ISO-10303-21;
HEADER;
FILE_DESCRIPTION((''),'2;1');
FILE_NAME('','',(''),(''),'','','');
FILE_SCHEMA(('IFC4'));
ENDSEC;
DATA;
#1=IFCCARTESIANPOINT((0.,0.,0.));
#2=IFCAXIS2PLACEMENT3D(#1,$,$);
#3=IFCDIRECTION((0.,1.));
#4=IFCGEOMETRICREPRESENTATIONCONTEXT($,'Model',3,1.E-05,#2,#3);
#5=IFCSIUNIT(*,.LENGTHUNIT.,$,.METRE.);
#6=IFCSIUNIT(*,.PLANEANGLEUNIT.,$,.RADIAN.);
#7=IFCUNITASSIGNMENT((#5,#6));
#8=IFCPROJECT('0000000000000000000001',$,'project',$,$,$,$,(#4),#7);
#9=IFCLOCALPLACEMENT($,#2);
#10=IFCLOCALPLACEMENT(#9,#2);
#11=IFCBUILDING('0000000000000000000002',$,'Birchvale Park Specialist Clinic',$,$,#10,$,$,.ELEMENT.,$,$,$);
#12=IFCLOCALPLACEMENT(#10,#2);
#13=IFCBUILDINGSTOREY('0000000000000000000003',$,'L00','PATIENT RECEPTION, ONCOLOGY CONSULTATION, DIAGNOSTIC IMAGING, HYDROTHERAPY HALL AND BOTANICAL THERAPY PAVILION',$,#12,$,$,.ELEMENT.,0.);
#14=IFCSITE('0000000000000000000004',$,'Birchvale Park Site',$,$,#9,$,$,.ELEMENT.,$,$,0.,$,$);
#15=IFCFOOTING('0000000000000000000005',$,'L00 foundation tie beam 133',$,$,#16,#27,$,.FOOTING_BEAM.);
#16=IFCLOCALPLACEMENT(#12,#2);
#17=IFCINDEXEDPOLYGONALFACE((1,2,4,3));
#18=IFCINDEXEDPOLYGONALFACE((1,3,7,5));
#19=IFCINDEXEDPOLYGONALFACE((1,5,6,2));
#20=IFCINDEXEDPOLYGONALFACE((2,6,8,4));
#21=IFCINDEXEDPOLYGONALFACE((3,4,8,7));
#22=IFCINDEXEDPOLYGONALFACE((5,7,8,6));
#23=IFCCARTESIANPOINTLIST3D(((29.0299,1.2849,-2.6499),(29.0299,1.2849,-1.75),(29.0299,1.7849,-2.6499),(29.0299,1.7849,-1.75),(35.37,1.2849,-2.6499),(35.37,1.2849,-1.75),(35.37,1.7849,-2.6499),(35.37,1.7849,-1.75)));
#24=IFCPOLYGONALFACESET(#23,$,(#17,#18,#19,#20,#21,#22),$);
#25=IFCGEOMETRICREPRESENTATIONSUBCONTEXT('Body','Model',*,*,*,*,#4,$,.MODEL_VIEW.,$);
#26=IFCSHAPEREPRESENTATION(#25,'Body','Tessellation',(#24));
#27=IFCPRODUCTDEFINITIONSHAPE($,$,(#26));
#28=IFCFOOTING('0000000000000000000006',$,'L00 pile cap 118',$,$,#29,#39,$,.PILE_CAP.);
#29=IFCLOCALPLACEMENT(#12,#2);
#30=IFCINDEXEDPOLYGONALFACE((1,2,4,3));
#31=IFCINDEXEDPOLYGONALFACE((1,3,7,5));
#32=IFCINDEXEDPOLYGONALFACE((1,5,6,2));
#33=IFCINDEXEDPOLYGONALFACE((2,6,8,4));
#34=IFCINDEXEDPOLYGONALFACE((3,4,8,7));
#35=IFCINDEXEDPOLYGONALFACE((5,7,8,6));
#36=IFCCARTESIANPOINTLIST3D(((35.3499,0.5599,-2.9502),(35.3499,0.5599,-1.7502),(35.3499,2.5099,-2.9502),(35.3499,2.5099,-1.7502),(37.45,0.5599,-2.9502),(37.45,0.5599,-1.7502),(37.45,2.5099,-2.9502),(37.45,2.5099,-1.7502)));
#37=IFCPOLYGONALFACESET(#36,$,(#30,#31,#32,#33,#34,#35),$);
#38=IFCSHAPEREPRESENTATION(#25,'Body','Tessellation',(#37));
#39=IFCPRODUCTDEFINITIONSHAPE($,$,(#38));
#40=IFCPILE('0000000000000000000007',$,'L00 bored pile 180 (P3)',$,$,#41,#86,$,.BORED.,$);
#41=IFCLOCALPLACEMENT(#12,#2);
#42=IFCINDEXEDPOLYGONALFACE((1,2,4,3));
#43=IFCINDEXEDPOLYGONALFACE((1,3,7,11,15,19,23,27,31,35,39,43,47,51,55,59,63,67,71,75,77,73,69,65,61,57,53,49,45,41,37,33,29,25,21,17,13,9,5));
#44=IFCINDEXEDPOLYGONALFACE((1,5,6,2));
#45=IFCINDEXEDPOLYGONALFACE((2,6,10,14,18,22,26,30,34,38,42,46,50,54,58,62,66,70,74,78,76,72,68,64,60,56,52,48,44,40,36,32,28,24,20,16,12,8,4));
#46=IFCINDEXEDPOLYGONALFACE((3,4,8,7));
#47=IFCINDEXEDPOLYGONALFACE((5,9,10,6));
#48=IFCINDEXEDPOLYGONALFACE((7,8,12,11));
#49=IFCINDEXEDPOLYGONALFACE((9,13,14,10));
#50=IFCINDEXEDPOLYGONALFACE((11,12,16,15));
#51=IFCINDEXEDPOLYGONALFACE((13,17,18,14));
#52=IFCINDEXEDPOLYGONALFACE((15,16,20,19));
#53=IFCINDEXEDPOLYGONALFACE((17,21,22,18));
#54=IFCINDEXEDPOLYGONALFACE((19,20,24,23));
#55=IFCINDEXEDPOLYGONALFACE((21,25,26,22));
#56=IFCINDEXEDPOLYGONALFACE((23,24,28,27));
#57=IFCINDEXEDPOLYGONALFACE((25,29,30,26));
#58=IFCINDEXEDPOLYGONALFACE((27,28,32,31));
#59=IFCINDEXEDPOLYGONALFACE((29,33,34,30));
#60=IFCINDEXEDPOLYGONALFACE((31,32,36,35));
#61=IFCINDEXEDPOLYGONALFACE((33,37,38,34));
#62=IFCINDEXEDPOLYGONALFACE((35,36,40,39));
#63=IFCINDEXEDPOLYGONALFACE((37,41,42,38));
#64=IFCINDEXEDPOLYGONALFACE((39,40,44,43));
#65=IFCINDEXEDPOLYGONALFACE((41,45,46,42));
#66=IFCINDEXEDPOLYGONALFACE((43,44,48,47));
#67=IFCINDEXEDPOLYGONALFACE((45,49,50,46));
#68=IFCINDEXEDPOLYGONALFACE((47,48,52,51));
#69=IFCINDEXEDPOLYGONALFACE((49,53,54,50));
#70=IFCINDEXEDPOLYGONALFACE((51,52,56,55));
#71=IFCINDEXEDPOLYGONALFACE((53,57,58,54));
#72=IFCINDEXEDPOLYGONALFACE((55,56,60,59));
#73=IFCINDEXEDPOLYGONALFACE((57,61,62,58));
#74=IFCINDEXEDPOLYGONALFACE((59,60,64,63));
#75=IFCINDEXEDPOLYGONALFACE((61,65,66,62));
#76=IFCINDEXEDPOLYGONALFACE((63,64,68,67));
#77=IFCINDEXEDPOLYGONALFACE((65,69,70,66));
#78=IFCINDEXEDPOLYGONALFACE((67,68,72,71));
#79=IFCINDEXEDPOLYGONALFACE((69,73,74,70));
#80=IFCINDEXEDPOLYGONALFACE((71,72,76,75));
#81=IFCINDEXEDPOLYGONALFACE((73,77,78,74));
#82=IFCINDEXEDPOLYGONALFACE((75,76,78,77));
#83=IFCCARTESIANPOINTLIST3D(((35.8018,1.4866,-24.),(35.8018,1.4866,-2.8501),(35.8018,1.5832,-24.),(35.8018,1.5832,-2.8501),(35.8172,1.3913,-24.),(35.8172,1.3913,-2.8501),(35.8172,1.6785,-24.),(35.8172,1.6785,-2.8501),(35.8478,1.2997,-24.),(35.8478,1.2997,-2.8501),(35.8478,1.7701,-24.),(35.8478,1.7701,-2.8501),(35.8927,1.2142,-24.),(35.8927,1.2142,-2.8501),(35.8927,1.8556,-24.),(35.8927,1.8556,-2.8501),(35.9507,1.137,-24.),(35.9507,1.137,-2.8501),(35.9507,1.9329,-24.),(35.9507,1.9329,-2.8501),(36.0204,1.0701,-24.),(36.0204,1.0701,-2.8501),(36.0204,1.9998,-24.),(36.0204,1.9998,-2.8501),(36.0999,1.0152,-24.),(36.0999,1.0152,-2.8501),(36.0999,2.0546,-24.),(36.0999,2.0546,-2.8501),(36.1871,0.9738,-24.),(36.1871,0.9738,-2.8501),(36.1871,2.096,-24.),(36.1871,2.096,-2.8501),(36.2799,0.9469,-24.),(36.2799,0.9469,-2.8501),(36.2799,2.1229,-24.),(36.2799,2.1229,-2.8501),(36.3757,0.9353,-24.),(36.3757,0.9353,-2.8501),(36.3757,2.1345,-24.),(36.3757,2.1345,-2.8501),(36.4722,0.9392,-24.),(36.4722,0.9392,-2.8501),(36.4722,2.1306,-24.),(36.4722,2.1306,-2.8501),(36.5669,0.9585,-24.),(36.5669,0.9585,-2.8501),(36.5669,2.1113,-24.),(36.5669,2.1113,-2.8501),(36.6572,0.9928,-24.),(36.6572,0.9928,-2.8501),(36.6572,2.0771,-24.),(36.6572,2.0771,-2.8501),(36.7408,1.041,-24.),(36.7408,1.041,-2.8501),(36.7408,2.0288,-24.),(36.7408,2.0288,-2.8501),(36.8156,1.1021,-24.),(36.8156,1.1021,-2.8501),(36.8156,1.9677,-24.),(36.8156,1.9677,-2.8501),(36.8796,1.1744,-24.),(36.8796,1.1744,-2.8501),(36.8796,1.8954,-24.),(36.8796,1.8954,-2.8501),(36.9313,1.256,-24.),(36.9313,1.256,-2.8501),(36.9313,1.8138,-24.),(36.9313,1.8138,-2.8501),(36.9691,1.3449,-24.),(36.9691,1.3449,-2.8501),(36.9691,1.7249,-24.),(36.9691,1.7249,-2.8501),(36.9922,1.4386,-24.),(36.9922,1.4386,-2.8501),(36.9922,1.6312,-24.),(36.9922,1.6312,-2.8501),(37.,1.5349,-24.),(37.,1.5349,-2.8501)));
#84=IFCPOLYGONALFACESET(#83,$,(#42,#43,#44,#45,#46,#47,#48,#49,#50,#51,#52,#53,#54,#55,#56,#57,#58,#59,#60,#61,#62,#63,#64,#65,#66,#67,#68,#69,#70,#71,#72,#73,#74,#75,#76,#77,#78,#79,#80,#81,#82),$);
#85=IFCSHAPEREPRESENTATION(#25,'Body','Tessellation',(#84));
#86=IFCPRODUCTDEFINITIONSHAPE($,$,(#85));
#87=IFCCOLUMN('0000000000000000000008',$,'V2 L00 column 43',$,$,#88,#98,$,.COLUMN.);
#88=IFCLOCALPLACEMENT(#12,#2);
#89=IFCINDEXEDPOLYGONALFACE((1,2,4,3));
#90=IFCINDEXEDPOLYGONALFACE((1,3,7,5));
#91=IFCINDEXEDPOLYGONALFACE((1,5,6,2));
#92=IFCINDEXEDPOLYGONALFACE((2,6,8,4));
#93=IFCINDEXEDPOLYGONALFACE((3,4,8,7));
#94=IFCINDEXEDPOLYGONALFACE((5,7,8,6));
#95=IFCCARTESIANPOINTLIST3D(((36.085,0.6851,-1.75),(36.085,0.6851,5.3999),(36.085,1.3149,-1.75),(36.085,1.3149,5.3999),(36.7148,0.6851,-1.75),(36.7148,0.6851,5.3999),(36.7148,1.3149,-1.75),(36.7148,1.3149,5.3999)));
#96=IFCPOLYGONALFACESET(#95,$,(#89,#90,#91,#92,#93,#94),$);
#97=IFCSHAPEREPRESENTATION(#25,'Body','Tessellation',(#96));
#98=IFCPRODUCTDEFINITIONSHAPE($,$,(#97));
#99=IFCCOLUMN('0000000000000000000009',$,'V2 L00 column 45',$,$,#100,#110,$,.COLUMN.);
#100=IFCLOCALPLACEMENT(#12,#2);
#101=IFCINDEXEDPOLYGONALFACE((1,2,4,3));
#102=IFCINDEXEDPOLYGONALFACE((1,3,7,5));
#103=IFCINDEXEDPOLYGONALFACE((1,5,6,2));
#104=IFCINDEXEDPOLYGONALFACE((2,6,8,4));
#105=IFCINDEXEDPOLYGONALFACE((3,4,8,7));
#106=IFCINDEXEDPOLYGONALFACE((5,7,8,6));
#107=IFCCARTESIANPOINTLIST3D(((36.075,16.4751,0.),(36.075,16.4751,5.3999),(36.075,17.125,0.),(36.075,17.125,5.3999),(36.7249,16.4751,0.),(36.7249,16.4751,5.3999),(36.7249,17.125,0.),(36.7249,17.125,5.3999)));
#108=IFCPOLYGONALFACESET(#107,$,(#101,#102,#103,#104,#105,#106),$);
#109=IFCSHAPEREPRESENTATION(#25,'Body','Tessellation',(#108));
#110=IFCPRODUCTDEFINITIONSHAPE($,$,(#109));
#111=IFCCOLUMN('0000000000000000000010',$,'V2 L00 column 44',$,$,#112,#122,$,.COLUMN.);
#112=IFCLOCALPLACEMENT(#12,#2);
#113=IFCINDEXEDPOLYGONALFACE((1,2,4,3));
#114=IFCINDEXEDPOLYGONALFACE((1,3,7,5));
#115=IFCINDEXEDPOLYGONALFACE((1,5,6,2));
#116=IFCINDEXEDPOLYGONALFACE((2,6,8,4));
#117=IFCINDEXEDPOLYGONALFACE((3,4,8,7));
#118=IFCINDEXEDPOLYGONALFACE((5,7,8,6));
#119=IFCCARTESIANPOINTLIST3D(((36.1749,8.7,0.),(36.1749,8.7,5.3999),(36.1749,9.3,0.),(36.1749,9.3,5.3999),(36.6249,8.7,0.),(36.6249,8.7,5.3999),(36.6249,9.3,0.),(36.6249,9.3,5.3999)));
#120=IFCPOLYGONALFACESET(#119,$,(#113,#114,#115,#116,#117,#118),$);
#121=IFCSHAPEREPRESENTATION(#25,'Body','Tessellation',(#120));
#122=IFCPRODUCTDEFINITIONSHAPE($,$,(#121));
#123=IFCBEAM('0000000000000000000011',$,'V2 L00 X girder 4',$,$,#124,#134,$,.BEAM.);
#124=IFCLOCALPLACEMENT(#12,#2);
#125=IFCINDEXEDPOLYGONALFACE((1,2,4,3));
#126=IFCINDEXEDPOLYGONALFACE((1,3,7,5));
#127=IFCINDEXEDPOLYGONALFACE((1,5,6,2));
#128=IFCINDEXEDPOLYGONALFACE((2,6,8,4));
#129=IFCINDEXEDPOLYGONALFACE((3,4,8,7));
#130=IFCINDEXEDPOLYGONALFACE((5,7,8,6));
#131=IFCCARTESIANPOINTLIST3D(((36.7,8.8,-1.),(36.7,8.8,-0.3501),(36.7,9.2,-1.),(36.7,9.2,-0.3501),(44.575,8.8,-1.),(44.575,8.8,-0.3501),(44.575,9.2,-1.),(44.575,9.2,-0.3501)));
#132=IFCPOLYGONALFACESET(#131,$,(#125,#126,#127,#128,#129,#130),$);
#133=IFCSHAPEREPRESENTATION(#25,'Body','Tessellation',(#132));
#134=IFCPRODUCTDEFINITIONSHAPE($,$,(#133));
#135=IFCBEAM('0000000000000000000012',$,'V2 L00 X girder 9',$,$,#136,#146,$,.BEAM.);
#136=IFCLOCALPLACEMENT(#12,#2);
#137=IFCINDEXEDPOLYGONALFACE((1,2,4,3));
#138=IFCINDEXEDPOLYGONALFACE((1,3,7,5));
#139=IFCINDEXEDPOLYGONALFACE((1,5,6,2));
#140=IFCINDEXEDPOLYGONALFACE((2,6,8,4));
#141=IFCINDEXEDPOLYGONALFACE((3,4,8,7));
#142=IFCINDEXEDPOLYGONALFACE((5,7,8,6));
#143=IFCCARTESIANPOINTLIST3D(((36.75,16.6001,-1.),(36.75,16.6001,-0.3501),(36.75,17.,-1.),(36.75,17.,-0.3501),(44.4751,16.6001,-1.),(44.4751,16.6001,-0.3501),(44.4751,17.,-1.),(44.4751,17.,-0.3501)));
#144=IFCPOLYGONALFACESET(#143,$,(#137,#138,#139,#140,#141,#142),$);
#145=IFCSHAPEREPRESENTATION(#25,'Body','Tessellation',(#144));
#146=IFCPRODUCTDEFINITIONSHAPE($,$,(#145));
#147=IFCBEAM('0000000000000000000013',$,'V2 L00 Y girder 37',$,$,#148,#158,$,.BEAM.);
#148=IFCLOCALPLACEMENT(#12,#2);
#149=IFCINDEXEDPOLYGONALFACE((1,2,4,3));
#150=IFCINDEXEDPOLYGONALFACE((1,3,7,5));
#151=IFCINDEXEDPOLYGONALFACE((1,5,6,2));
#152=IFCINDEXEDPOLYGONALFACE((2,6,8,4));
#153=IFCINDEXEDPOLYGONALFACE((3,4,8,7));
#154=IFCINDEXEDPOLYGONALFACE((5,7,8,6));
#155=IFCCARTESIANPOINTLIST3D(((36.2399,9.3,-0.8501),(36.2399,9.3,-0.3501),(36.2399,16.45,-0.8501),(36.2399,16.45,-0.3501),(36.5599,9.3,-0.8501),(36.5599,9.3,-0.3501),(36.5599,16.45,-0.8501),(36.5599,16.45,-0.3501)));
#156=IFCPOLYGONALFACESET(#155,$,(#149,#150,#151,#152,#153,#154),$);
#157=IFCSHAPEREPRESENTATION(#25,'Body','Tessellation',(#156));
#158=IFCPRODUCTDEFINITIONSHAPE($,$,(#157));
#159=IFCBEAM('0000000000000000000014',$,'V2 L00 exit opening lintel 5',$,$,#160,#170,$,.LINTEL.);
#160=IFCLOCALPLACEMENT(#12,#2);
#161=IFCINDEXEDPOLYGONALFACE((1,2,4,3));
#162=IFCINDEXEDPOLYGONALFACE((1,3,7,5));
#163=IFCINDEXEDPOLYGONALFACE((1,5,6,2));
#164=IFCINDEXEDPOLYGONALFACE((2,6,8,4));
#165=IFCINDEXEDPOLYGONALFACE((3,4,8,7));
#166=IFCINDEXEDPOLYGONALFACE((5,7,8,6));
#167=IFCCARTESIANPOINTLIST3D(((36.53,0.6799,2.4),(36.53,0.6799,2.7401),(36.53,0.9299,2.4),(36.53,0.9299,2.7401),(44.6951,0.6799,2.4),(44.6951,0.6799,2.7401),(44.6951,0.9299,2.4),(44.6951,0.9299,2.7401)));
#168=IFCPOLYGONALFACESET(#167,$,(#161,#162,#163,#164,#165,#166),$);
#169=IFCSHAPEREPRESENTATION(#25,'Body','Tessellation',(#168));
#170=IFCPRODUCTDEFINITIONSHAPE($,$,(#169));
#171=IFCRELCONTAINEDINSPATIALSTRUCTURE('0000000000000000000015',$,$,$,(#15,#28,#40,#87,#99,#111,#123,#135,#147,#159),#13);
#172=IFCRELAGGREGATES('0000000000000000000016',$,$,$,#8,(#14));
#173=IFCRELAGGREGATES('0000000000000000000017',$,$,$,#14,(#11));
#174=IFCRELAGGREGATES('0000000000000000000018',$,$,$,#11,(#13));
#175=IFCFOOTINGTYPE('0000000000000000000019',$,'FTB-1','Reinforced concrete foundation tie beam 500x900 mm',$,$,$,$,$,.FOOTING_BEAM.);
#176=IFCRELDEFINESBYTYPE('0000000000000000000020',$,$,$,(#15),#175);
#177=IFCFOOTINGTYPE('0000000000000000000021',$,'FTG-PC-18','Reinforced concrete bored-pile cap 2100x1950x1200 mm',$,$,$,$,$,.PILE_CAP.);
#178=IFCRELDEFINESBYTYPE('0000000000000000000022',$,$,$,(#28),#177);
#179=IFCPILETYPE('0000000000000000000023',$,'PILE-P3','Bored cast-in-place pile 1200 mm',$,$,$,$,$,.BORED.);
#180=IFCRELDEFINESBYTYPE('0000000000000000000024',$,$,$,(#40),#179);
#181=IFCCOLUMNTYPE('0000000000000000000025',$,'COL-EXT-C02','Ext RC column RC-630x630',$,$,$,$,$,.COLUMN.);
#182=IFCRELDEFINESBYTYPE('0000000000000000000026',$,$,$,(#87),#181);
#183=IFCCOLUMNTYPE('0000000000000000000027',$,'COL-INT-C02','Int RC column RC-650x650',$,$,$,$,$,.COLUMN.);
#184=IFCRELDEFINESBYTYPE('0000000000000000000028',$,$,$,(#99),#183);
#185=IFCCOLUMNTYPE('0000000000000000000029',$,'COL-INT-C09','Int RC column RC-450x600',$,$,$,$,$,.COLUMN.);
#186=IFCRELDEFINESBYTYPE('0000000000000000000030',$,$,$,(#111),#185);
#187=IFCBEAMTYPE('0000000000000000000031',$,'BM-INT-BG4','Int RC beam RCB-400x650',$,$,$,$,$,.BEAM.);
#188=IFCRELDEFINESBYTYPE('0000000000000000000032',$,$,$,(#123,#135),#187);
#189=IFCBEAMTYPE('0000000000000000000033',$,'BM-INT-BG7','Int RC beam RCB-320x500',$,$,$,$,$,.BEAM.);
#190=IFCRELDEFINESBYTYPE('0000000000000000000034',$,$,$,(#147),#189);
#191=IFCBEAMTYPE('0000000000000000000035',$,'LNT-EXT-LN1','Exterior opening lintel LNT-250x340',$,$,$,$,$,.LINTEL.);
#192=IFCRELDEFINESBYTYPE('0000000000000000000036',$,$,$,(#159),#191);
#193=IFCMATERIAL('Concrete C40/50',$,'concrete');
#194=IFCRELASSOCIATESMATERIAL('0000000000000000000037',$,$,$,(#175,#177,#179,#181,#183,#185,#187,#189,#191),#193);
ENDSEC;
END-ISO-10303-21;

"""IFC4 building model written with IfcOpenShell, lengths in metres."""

from ifc_helpers import new_model, si_unit, direction, frame, origin, origin_2d, place, context, subcontext, project, spatial, rectangle, circle, extrude, material, material_profile, profile_set, type_object, element, save


model = new_model("IFC4")

# Units and contexts
model_context = context("Model", 3, precision=1e-05, world=origin(), true_north=direction((0.0, 1.0)))
body_context = subcontext(model_context, "Body", "Model", "MODEL_VIEW")
ifc_project = project(units=[si_unit("LENGTHUNIT", "METRE"), si_unit("PLANEANGLEUNIT", "RADIAN")], contexts=[model_context])

# Site, building, storey
site_placement = place(None, origin())
site = spatial("IfcSite", under=ifc_project, at=site_placement, Name="Birchvale Park Site", CompositionType="ELEMENT", RefElevation=0.0)
building_placement = place(site_placement, origin())
building = spatial("IfcBuilding", under=site, at=building_placement, Name="Birchvale Park Specialist Clinic", CompositionType="ELEMENT")
storey_placement = place(building_placement, origin())
storey = spatial("IfcBuildingStorey", under=building, at=storey_placement, Name="L00", Description="PATIENT RECEPTION, ONCOLOGY CONSULTATION, DIAGNOSTIC IMAGING, HYDROTHERAPY HALL AND BOTANICAL THERAPY PAVILION", CompositionType="ELEMENT", Elevation=0.0)

# Footings
ifc_material_1 = material(Name="Concrete C40/50", Category="concrete")
footing_type_1 = type_object("IfcFootingType", Name="FTB-1", Description="Reinforced concrete foundation tie beam 500x900 mm", PredefinedType="FOOTING_BEAM", material=ifc_material_1)
footing_1_placement = place(storey_placement, frame((32.2, 1.5349, -2.6499), z_axis=(0.0, 0.0, 1.0), x_axis=(1.0, 0.0, 0.0)))
element("IfcFooting", 1, at=footing_1_placement, inside=storey, type_object=footing_type_1, Name="L00 foundation tie beam 133", PredefinedType="FOOTING_BEAM", context=body_context, shape_type="SweptSolid", body=[
    extrude(rectangle(XDim=6.3401, YDim=0.5, at=origin_2d()), origin(), (0.0, 0.0, 1.0), 0.8999),
])
footing_type_2 = type_object("IfcFootingType", Name="FTG-PC-18", Description="Reinforced concrete bored-pile cap 2100x1950x1200 mm", PredefinedType="PILE_CAP", material=ifc_material_1)
footing_2_placement = place(storey_placement, frame((36.3999, 1.5349, -2.9502), z_axis=(0.0, 0.0, 1.0), x_axis=(1.0, 0.0, 0.0)))
element("IfcFooting", 2, at=footing_2_placement, inside=storey, type_object=footing_type_2, Name="L00 pile cap 118", PredefinedType="PILE_CAP", context=body_context, shape_type="SweptSolid", body=[
    extrude(rectangle(XDim=2.1001, YDim=1.95, at=origin_2d()), origin(), (0.0, 0.0, 1.0), 1.2),
])

# Pile
ifc_material_profile_1 = material_profile(ifc_material_1, circle(Radius=0.6001, at=origin_2d()), Name="PILE-1200")
ifc_profile_set_1 = profile_set([ifc_material_profile_1], Name="Concrete C40/50")
pile_type = type_object("IfcPileType", Name="PILE-P3", Description="Bored cast-in-place pile 1200 mm", PredefinedType="BORED", material=ifc_profile_set_1)
pile_placement = place(storey_placement, frame((36.3999, 1.5349, -2.8501), z_axis=(0.0, 0.0, -1.0), x_axis=(1.0, 0.0, 0.0)))
element("IfcPile", 3, at=pile_placement, inside=storey, type_object=pile_type, Name="L00 bored pile 180 (P3)", PredefinedType="BORED", context=body_context, shape_type="SweptSolid", body=[
    extrude(circle(Radius=0.6001, at=origin_2d()), origin(), (0.0, 0.0, 1.0), 21.1499),
])

# Columns
ifc_material_profile_2 = material_profile(ifc_material_1, rectangle(XDim=0.6299, YDim=0.6299, at=origin_2d()), Name="RC-630x630")
ifc_profile_set_2 = profile_set([ifc_material_profile_2], Name="Concrete C40/50")
column_type_1 = type_object("IfcColumnType", Name="COL-EXT-C02", Description="Ext RC column RC-630x630", PredefinedType="COLUMN", material=ifc_profile_set_2)
column_1_placement = place(storey_placement, frame((36.3999, 1.0, -1.75), z_axis=(0.0, 0.0, 1.0), x_axis=(1.0, 0.0, 0.0)))
element("IfcColumn", 4, at=column_1_placement, inside=storey, type_object=column_type_1, Name="V2 L00 column 43", PredefinedType="COLUMN", context=body_context, shape_type="SweptSolid", body=[
    extrude(rectangle(XDim=0.6299, YDim=0.6299, at=origin_2d()), origin(), (0.0, 0.0, 1.0), 7.1499),
])
ifc_material_profile_3 = material_profile(ifc_material_1, rectangle(XDim=0.6499, YDim=0.6499, at=origin_2d()), Name="RC-650x650")
ifc_profile_set_3 = profile_set([ifc_material_profile_3], Name="Concrete C40/50")
column_type_2 = type_object("IfcColumnType", Name="COL-INT-C02", Description="Int RC column RC-650x650", PredefinedType="COLUMN", material=ifc_profile_set_3)
column_2_placement = place(storey_placement, frame((36.3999, 16.8, 0.0), z_axis=(0.0, 0.0, 1.0), x_axis=(1.0, 0.0, 0.0)))
element("IfcColumn", 5, at=column_2_placement, inside=storey, type_object=column_type_2, Name="V2 L00 column 45", PredefinedType="COLUMN", context=body_context, shape_type="SweptSolid", body=[
    extrude(rectangle(XDim=0.6499, YDim=0.6499, at=origin_2d()), origin(), (0.0, 0.0, 1.0), 5.3999),
])
ifc_material_profile_4 = material_profile(ifc_material_1, rectangle(XDim=0.45, YDim=0.6001, at=origin_2d()), Name="RC-450x600")
ifc_profile_set_4 = profile_set([ifc_material_profile_4], Name="Concrete C40/50")
column_type_3 = type_object("IfcColumnType", Name="COL-INT-C09", Description="Int RC column RC-450x600", PredefinedType="COLUMN", material=ifc_profile_set_4)
column_3_placement = place(storey_placement, frame((36.3999, 9.0, 0.0), z_axis=(0.0, 0.0, 1.0), x_axis=(1.0, 0.0, 0.0)))
element("IfcColumn", 6, at=column_3_placement, inside=storey, type_object=column_type_3, Name="V2 L00 column 44", PredefinedType="COLUMN", context=body_context, shape_type="SweptSolid", body=[
    extrude(rectangle(XDim=0.45, YDim=0.6001, at=origin_2d()), origin(), (0.0, 0.0, 1.0), 5.3999),
])

# Beams
ifc_material_profile_5 = material_profile(ifc_material_1, rectangle(XDim=0.3999, YDim=0.6499, at=origin_2d()), Name="RCB-400x650")
ifc_profile_set_5 = profile_set([ifc_material_profile_5], Name="Concrete C40/50")
beam_type_1 = type_object("IfcBeamType", Name="BM-INT-BG4", Description="Int RC beam RCB-400x650", PredefinedType="BEAM", material=ifc_profile_set_5)
beam_1_placement = place(storey_placement, frame((36.7, 9.0, -0.675), z_axis=(1.0, 0.0, 0.0), x_axis=(0.0, 1.0, 0.0)))
element("IfcBeam", 7, at=beam_1_placement, inside=storey, type_object=beam_type_1, Name="V2 L00 X girder 4", PredefinedType="BEAM", context=body_context, shape_type="SweptSolid", body=[
    extrude(rectangle(XDim=0.3999, YDim=0.6499, at=origin_2d()), origin(), (0.0, 0.0, 1.0), 7.875),
])
beam_2_placement = place(storey_placement, frame((36.75, 16.8, -0.675), z_axis=(1.0, 0.0, 0.0), x_axis=(0.0, 1.0, 0.0)))
element("IfcBeam", 8, at=beam_2_placement, inside=storey, type_object=beam_type_1, Name="V2 L00 X girder 9", PredefinedType="BEAM", context=body_context, shape_type="SweptSolid", body=[
    extrude(rectangle(XDim=0.3999, YDim=0.6499, at=origin_2d()), origin(), (0.0, 0.0, 1.0), 7.7251),
])
ifc_material_profile_6 = material_profile(ifc_material_1, rectangle(XDim=0.3201, YDim=0.5, at=origin_2d()), Name="RCB-320x500")
ifc_profile_set_6 = profile_set([ifc_material_profile_6], Name="Concrete C40/50")
beam_type_2 = type_object("IfcBeamType", Name="BM-INT-BG7", Description="Int RC beam RCB-320x500", PredefinedType="BEAM", material=ifc_profile_set_6)
beam_3_placement = place(storey_placement, frame((36.3999, 9.3, -0.6001), z_axis=(0.0, 1.0, 0.0), x_axis=(-1.0, 0.0, 0.0)))
element("IfcBeam", 9, at=beam_3_placement, inside=storey, type_object=beam_type_2, Name="V2 L00 Y girder 37", PredefinedType="BEAM", context=body_context, shape_type="SweptSolid", body=[
    extrude(rectangle(XDim=0.3201, YDim=0.5, at=origin_2d()), origin(), (0.0, 0.0, 1.0), 7.1499),
])
ifc_material_profile_7 = material_profile(ifc_material_1, rectangle(XDim=0.25, YDim=0.3401, at=origin_2d()), Name="LNT-250x340")
ifc_profile_set_7 = profile_set([ifc_material_profile_7], Name="Concrete C40/50")
beam_type_3 = type_object("IfcBeamType", Name="LNT-EXT-LN1", Description="Exterior opening lintel LNT-250x340", PredefinedType="LINTEL", material=ifc_profile_set_7)
beam_4_placement = place(storey_placement, frame((36.53, 0.8049, 2.5701), z_axis=(1.0, 0.0, 0.0), x_axis=(0.0, 1.0, 0.0)))
element("IfcBeam", 10, at=beam_4_placement, inside=storey, type_object=beam_type_3, Name="V2 L00 exit opening lintel 5", PredefinedType="LINTEL", context=body_context, shape_type="SweptSolid", body=[
    extrude(rectangle(XDim=0.25, YDim=0.3401, at=origin_2d()), origin(), (0.0, 0.0, 1.0), 8.165),
])

save(model, "model.ifc")
